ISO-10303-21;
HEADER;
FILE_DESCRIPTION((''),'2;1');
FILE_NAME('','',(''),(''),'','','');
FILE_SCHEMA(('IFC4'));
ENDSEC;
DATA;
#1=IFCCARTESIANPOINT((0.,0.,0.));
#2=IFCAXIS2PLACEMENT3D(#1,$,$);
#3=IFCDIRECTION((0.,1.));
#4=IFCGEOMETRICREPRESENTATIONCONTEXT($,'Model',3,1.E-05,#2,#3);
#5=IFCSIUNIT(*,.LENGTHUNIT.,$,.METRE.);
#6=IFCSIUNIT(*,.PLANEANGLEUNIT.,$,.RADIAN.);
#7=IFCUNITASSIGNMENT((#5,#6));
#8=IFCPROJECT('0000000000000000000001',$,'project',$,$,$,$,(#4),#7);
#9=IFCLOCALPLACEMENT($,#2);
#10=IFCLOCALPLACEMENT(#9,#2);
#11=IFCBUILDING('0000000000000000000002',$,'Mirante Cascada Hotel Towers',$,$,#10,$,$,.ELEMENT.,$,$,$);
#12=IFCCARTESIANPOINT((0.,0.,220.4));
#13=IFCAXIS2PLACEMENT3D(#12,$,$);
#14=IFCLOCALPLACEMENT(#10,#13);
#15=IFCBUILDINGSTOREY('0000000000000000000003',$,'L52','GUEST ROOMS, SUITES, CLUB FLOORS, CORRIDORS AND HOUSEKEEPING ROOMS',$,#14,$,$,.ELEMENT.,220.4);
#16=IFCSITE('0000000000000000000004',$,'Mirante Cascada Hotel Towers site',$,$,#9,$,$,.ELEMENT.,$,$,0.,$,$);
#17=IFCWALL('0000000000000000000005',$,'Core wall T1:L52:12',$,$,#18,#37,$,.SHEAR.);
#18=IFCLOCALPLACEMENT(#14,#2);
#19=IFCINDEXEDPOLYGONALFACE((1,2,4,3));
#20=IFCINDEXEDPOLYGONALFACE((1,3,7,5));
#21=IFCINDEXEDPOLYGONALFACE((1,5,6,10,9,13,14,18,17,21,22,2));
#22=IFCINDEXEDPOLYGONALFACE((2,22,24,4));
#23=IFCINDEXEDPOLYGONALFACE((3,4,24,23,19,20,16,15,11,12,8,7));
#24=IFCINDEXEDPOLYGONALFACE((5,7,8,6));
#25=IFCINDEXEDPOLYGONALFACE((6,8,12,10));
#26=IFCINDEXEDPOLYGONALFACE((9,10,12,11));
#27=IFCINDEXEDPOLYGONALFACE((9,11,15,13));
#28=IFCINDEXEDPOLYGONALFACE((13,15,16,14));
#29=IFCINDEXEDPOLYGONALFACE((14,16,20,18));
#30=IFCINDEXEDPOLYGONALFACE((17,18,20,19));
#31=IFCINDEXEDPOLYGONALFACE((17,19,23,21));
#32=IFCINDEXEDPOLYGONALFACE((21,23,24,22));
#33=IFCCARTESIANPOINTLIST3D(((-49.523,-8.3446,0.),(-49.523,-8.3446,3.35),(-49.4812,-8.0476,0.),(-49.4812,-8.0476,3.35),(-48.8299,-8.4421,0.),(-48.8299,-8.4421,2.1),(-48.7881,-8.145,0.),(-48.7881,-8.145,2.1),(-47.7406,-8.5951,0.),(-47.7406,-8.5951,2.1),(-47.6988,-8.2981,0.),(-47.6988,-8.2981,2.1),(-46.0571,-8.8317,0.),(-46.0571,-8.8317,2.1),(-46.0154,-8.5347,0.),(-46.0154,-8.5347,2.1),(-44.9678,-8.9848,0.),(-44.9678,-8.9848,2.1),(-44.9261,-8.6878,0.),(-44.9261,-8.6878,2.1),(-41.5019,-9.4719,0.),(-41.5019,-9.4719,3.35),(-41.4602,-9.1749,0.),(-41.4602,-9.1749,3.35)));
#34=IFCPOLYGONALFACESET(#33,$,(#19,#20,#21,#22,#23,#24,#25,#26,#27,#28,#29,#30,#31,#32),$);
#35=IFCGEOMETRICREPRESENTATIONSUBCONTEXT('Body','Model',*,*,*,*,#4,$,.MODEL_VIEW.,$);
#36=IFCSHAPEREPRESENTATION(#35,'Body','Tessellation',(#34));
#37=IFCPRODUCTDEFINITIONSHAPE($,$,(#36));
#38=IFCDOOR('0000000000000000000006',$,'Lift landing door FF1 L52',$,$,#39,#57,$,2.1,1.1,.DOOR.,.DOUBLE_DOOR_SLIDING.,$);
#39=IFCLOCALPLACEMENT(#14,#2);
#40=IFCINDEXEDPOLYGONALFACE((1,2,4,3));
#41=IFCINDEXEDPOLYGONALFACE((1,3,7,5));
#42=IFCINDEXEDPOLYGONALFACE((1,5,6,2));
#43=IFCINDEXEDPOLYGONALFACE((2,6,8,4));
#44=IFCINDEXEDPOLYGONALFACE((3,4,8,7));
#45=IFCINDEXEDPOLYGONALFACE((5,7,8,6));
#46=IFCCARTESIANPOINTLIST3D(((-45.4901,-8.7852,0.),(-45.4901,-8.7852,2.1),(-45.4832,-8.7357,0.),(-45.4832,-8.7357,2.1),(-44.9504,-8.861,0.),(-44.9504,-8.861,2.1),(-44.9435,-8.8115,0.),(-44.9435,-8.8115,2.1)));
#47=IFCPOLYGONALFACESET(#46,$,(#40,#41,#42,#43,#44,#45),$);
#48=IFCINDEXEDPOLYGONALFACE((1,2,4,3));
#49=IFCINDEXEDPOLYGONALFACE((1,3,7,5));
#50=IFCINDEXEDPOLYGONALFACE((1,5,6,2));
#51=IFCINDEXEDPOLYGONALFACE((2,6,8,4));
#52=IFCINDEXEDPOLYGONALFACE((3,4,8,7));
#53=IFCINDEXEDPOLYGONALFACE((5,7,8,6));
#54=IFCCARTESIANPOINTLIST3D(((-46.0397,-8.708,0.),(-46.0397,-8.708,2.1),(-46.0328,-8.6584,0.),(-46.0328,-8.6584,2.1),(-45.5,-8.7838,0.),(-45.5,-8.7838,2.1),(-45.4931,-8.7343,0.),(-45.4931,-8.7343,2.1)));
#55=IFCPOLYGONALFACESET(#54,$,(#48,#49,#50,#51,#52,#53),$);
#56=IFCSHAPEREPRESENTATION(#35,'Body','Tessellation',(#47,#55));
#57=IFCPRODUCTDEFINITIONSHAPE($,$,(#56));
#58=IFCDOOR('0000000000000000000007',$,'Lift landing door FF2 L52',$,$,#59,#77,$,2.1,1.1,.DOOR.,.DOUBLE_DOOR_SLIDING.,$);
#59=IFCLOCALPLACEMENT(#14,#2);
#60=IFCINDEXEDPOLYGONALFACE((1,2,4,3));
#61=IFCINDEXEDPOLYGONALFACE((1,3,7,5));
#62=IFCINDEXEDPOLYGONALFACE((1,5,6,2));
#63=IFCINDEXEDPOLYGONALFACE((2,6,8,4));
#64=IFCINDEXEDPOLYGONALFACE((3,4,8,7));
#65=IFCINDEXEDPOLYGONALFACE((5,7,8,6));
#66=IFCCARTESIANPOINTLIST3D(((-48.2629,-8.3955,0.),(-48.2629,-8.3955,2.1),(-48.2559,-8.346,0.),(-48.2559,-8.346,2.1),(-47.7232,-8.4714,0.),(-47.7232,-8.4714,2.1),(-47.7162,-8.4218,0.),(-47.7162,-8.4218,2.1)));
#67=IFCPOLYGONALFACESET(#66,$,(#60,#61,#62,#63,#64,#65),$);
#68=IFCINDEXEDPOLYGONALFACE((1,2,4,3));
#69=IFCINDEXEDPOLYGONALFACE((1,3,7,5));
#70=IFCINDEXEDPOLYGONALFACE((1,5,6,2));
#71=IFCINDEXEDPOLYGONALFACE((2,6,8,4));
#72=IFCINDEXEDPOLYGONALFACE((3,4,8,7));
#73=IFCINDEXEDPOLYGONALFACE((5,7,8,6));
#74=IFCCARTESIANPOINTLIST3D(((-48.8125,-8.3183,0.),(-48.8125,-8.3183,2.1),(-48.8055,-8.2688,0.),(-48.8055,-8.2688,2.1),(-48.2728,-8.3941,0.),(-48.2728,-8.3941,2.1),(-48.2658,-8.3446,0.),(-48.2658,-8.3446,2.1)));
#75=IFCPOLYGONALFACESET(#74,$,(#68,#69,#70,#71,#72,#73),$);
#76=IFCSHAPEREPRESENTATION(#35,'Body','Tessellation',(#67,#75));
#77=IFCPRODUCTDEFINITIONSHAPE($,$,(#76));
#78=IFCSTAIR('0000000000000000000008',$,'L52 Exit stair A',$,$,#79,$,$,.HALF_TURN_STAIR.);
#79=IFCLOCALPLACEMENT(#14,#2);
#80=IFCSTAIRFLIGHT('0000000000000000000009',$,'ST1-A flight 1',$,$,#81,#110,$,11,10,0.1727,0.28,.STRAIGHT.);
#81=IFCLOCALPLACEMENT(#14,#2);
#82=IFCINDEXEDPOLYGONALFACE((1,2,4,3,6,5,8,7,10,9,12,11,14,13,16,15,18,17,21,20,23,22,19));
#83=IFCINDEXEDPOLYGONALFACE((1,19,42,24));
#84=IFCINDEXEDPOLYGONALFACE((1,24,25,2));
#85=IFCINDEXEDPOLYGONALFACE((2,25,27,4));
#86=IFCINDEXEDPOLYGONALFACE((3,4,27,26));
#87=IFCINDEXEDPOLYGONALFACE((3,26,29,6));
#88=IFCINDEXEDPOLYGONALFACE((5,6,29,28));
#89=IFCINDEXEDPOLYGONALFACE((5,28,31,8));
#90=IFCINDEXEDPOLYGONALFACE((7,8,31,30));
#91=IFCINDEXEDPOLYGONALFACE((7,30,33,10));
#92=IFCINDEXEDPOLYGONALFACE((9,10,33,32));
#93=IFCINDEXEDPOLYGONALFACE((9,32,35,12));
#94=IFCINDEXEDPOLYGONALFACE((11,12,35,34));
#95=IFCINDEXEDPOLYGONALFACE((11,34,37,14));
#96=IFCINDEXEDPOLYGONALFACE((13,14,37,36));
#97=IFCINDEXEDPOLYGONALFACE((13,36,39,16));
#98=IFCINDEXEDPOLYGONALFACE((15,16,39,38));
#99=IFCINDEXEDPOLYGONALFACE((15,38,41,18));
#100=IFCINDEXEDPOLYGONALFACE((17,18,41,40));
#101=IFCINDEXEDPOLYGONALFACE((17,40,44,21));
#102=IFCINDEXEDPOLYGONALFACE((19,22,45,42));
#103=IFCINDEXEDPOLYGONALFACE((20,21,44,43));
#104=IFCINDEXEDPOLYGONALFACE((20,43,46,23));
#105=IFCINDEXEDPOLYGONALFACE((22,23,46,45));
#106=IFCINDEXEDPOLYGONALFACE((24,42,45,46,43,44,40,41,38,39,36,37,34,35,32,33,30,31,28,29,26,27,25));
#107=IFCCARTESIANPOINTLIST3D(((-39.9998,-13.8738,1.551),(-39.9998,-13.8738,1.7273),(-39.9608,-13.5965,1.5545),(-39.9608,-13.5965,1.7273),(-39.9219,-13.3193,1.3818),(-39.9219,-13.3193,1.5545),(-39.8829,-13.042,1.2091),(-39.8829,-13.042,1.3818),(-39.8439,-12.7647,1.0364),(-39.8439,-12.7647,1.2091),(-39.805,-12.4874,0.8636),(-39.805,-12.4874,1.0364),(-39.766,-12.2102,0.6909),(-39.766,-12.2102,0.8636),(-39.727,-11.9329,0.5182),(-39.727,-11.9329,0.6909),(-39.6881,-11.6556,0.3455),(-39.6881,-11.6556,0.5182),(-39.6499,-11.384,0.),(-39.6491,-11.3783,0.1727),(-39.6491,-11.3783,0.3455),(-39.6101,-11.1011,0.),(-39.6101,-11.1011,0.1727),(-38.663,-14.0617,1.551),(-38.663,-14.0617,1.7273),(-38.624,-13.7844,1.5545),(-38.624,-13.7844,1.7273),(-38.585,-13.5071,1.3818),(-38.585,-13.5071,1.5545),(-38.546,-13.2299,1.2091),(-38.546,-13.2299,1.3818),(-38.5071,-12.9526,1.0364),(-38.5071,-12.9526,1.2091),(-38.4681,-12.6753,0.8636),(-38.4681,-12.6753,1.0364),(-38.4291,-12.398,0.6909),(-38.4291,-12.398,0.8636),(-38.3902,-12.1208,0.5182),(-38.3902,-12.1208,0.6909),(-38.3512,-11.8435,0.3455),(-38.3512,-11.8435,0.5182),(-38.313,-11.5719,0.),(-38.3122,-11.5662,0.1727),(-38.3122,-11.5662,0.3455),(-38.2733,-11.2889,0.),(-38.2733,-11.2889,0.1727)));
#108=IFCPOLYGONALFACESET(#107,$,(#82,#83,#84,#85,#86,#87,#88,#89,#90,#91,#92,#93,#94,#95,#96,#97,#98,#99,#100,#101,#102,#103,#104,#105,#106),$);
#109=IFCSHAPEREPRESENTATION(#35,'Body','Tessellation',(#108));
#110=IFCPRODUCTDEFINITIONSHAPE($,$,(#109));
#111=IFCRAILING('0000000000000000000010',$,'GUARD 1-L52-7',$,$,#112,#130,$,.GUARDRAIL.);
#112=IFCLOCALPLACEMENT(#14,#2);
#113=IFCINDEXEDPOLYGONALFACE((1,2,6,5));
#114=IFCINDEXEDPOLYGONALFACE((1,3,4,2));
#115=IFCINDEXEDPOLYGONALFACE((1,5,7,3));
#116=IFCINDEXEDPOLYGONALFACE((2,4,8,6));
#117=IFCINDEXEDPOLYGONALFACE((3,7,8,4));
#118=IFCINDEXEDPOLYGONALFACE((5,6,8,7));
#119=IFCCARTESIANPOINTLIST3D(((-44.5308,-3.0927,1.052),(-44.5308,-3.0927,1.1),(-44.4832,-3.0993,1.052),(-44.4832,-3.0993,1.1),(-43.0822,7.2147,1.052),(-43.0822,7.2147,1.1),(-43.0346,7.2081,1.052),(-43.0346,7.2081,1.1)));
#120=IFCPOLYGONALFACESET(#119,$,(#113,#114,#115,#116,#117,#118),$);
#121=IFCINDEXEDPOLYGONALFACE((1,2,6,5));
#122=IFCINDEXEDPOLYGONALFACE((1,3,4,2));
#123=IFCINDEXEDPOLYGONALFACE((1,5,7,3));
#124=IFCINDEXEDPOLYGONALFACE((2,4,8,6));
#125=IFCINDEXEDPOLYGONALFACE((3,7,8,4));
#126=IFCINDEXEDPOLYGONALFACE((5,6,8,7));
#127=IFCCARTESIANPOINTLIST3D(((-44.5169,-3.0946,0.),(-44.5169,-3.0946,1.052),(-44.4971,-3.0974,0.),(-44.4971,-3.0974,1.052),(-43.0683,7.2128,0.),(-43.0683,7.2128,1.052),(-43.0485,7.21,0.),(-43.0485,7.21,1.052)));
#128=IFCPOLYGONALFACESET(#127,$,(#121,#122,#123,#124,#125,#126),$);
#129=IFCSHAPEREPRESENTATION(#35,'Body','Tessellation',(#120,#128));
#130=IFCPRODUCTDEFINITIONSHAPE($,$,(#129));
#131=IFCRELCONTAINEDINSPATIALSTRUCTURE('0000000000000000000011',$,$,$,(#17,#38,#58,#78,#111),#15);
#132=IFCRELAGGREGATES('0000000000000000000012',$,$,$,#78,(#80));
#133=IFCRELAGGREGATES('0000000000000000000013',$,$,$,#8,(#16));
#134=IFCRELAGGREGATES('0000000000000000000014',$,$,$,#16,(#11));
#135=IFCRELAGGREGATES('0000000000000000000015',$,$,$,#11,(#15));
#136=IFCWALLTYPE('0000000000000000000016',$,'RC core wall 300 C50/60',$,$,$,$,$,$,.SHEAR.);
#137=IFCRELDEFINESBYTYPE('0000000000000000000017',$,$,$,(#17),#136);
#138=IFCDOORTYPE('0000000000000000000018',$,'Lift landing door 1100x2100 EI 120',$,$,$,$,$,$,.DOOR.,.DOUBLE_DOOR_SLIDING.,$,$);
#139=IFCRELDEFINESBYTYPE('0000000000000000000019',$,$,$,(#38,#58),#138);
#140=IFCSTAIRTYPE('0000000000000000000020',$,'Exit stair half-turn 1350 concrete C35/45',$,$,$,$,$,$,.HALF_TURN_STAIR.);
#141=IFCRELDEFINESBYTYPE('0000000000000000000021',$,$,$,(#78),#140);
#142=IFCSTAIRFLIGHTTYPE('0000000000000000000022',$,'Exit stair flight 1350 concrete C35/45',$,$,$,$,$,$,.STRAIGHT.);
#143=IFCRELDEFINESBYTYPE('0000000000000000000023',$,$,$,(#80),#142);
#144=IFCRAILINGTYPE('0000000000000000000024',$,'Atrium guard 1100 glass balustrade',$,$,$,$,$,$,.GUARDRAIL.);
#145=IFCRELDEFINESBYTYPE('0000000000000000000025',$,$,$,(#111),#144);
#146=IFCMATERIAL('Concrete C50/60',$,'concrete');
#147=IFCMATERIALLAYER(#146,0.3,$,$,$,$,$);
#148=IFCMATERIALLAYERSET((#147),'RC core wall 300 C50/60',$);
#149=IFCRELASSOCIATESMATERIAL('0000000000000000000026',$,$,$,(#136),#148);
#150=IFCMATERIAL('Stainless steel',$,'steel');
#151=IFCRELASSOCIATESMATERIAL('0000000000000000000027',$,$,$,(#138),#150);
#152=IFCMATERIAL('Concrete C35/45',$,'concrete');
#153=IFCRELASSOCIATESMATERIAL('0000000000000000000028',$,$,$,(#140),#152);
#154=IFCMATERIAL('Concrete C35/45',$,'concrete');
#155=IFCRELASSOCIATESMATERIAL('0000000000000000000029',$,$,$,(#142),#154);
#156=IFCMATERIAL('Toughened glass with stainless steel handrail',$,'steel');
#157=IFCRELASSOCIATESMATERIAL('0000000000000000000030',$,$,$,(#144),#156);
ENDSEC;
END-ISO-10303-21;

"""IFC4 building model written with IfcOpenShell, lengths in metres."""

from ifc_helpers import new_model, si_unit, direction, frame, frame_2d, origin, origin_2d, place, context, subcontext, project, spatial, polyline, rectangle, outline, extrude, material, layer, layer_set, type_object, element, fill, aggregate, save


model = new_model("IFC4")

# Units and contexts
model_context = context("Model", 3, precision=1e-05, world=origin(), true_north=direction((0.0, 1.0)))
body_context = subcontext(model_context, "Body", "Model", "MODEL_VIEW")
ifc_project = project(units=[si_unit("LENGTHUNIT", "METRE"), si_unit("PLANEANGLEUNIT", "RADIAN")], contexts=[model_context])

# Site, building, storey
site_placement = place(None, origin())
site = spatial("IfcSite", under=ifc_project, at=site_placement, Name="Mirante Cascada Hotel Towers site", CompositionType="ELEMENT", RefElevation=0.0)
building_placement = place(site_placement, origin())
building = spatial("IfcBuilding", under=site, at=building_placement, Name="Mirante Cascada Hotel Towers", CompositionType="ELEMENT")
storey_placement = place(building_placement, frame((0.0, 0.0, 220.4)))
storey = spatial("IfcBuildingStorey", under=building, at=storey_placement, Name="L52", Description="GUEST ROOMS, SUITES, CLUB FLOORS, CORRIDORS AND HOUSEKEEPING ROOMS", CompositionType="ELEMENT", Elevation=220.4)

# Shared definitions
ifc_material_1 = material(Name="Concrete C50/60", Category="concrete")
ifc_layer_1 = layer(ifc_material_1, 0.3)
ifc_layer_set_1 = layer_set([ifc_layer_1], Name="RC core wall 300 C50/60")
wall_type_1 = type_object("IfcWallType", Name="RC core wall 300 C50/60", PredefinedType="SHEAR", material=ifc_layer_set_1)

# Wall, openings, doors
wall_1_placement = place(storey_placement, frame((-41.481, -9.3234, 0.0), z_axis=(0.0, 0.0, 1.0), x_axis=(-0.990268, 0.139174, 0.0)))
wall_1 = element("IfcWall", 1, at=wall_1_placement, inside=storey, type_object=wall_type_1, Name="Core wall T1:L52:12", PredefinedType="SHEAR", context=body_context, shape_type="SweptSolid", body=[
    extrude(rectangle(XDim=8.0999, YDim=0.3, at=frame_2d((4.05, 0.0))), origin(), (0.0, 0.0, 1.0), 3.35),
])
opening_1_placement = place(wall_1_placement, frame((3.5, 0.0, 0.0)))
opening_1 = element("IfcOpeningElement", 2, at=opening_1_placement, cuts=wall_1, PredefinedType="OPENING", context=body_context, shape_type="SweptSolid", body=[
    extrude(rectangle(XDim=1.1, YDim=2.1, at=frame_2d((0.55, 1.05))), frame((0.0, 0.15, 0.0), z_axis=(0.0, -1.0, 0.0), x_axis=(1.0, 0.0, 0.0)), (0.0, 0.0, 1.0), 0.3),
])
opening_2_placement = place(wall_1_placement, frame((6.3, 0.0, 0.0)))
opening_2 = element("IfcOpeningElement", 3, at=opening_2_placement, cuts=wall_1, PredefinedType="OPENING", context=body_context, shape_type="SweptSolid", body=[
    extrude(rectangle(XDim=1.1, YDim=2.1, at=frame_2d((0.55, 1.05))), frame((0.0, 0.15, 0.0), z_axis=(0.0, -1.0, 0.0), x_axis=(1.0, 0.0, 0.0)), (0.0, 0.0, 1.0), 0.3),
])
ifc_material_2 = material(Name="Stainless steel", Category="steel")
door_type_1 = type_object("IfcDoorType", Name="Lift landing door 1100x2100 EI 120", OperationType="DOUBLE_DOOR_SLIDING", PredefinedType="DOOR", material=ifc_material_2)
door_1_placement = place(opening_1_placement, origin())
door_1 = element("IfcDoor", 4, at=door_1_placement, inside=storey, type_object=door_type_1, Name="Lift landing door FF1 L52", OperationType="DOUBLE_DOOR_SLIDING", OverallHeight=2.1, OverallWidth=1.1, PredefinedType="DOOR", context=body_context, shape_type="SweptSolid", body=[
    extrude(rectangle(XDim=0.545, YDim=2.1, at=frame_2d((0.2725, 1.05))), frame((0.0, 0.025, 0.0), z_axis=(0.0, -1.0, 0.0), x_axis=(1.0, 0.0, 0.0)), (0.0, 0.0, 1.0), 0.05),
    extrude(rectangle(XDim=0.545, YDim=2.1, at=frame_2d((0.8275, 1.05))), frame((0.0, 0.025, 0.0), z_axis=(0.0, -1.0, 0.0), x_axis=(1.0, 0.0, 0.0)), (0.0, 0.0, 1.0), 0.05),
])
fill(opening_1, door_1)
door_2_placement = place(opening_2_placement, origin())
door_2 = element("IfcDoor", 5, at=door_2_placement, inside=storey, type_object=door_type_1, Name="Lift landing door FF2 L52", OperationType="DOUBLE_DOOR_SLIDING", OverallHeight=2.1, OverallWidth=1.1, PredefinedType="DOOR", context=body_context, shape_type="SweptSolid", body=[
    extrude(rectangle(XDim=0.545, YDim=2.1, at=frame_2d((0.2725, 1.05))), frame((0.0, 0.025, 0.0), z_axis=(0.0, -1.0, 0.0), x_axis=(1.0, 0.0, 0.0)), (0.0, 0.0, 1.0), 0.05),
    extrude(rectangle(XDim=0.545, YDim=2.1, at=frame_2d((0.8275, 1.05))), frame((0.0, 0.025, 0.0), z_axis=(0.0, -1.0, 0.0), x_axis=(1.0, 0.0, 0.0)), (0.0, 0.0, 1.0), 0.05),
])
fill(opening_2, door_2)

# Stair, stair flight
ifc_material_3 = material(Name="Concrete C35/45", Category="concrete")
stair_type = type_object("IfcStairType", Name="Exit stair half-turn 1350 concrete C35/45", PredefinedType="HALF_TURN_STAIR", material=ifc_material_3)
stair_placement = place(storey_placement, origin())
stair = element("IfcStair", 6, at=stair_placement, inside=storey, type_object=stair_type, Name="L52 Exit stair A", PredefinedType="HALF_TURN_STAIR")
ifc_material_4 = material(Name="Concrete C35/45", Category="concrete")
stair_flight_type = type_object("IfcStairFlightType", Name="Exit stair flight 1350 concrete C35/45", PredefinedType="STRAIGHT", material=ifc_material_4)
stair_flight_placement = place(storey_placement, frame((-38.9417, -11.195, 0.0), z_axis=(0.0, 0.0, 1.0), x_axis=(-0.139173, -0.990268, 0.0)))
stair_flight = element("IfcStairFlight", 7, at=stair_flight_placement, type_object=stair_flight_type, Name="ST1-A flight 1", NumberOfRisers=11, NumberOfTreads=10, PredefinedType="STRAIGHT", RiserHeight=0.1727, TreadLength=0.28, context=body_context, shape_type="SweptSolid", body=[
    extrude(outline(polyline([(0.0, 0.0), (0.0, 0.1727), (0.28, 0.1727), (0.28, 0.3455), (0.56, 0.3455), (0.56, 0.5182), (0.84, 0.5182), (0.84, 0.6909), (1.12, 0.6909), (1.12, 0.8636), (1.4, 0.8636), (1.4, 1.0364), (1.68, 1.0364), (1.68, 1.2091), (1.96, 1.2091), (1.96, 1.3818), (2.24, 1.3818), (2.24, 1.5545), (2.52, 1.5545), (2.52, 1.7273), (2.8, 1.7273), (2.8, 1.9), (2.8, 1.551), (0.2857, 0.0), (0.0, 0.0)])), frame((0.0, 0.675, 0.0), z_axis=(0.0, -1.0, 0.0), x_axis=(1.0, 0.0, 0.0)), (0.0, 0.0, 1.0), 1.35),
])
aggregate(stair, [stair_flight])

# Railing
ifc_material_5 = material(Name="Toughened glass with stainless steel handrail", Category="steel")
railing_type_1 = type_object("IfcRailingType", Name="Atrium guard 1100 glass balustrade", PredefinedType="GUARDRAIL", material=ifc_material_5)
railing_1_placement = place(storey_placement, frame((-44.507, -3.096, 0.0)))
element("IfcRailing", 8, at=railing_1_placement, inside=storey, type_object=railing_type_1, Name="GUARD 1-L52-7", PredefinedType="GUARDRAIL", context=body_context, shape_type="SweptSolid", body=[
    extrude(rectangle(XDim=0.048, YDim=0.048, at=origin_2d()), frame((0.0, 0.0, 1.076), z_axis=(0.139172, 0.990268, 0.0), x_axis=(-0.990268, 0.139172, 0.0)), (0.0, 0.0, 1.0), 10.4087),
    extrude(rectangle(XDim=0.02, YDim=1.052, at=origin_2d()), frame((0.0, 0.0, 0.526), z_axis=(0.139172, 0.990268, 0.0), x_axis=(-0.990268, 0.139172, 0.0)), (0.0, 0.0, 1.0), 10.4087),
])

save(model, "model.ifc")
